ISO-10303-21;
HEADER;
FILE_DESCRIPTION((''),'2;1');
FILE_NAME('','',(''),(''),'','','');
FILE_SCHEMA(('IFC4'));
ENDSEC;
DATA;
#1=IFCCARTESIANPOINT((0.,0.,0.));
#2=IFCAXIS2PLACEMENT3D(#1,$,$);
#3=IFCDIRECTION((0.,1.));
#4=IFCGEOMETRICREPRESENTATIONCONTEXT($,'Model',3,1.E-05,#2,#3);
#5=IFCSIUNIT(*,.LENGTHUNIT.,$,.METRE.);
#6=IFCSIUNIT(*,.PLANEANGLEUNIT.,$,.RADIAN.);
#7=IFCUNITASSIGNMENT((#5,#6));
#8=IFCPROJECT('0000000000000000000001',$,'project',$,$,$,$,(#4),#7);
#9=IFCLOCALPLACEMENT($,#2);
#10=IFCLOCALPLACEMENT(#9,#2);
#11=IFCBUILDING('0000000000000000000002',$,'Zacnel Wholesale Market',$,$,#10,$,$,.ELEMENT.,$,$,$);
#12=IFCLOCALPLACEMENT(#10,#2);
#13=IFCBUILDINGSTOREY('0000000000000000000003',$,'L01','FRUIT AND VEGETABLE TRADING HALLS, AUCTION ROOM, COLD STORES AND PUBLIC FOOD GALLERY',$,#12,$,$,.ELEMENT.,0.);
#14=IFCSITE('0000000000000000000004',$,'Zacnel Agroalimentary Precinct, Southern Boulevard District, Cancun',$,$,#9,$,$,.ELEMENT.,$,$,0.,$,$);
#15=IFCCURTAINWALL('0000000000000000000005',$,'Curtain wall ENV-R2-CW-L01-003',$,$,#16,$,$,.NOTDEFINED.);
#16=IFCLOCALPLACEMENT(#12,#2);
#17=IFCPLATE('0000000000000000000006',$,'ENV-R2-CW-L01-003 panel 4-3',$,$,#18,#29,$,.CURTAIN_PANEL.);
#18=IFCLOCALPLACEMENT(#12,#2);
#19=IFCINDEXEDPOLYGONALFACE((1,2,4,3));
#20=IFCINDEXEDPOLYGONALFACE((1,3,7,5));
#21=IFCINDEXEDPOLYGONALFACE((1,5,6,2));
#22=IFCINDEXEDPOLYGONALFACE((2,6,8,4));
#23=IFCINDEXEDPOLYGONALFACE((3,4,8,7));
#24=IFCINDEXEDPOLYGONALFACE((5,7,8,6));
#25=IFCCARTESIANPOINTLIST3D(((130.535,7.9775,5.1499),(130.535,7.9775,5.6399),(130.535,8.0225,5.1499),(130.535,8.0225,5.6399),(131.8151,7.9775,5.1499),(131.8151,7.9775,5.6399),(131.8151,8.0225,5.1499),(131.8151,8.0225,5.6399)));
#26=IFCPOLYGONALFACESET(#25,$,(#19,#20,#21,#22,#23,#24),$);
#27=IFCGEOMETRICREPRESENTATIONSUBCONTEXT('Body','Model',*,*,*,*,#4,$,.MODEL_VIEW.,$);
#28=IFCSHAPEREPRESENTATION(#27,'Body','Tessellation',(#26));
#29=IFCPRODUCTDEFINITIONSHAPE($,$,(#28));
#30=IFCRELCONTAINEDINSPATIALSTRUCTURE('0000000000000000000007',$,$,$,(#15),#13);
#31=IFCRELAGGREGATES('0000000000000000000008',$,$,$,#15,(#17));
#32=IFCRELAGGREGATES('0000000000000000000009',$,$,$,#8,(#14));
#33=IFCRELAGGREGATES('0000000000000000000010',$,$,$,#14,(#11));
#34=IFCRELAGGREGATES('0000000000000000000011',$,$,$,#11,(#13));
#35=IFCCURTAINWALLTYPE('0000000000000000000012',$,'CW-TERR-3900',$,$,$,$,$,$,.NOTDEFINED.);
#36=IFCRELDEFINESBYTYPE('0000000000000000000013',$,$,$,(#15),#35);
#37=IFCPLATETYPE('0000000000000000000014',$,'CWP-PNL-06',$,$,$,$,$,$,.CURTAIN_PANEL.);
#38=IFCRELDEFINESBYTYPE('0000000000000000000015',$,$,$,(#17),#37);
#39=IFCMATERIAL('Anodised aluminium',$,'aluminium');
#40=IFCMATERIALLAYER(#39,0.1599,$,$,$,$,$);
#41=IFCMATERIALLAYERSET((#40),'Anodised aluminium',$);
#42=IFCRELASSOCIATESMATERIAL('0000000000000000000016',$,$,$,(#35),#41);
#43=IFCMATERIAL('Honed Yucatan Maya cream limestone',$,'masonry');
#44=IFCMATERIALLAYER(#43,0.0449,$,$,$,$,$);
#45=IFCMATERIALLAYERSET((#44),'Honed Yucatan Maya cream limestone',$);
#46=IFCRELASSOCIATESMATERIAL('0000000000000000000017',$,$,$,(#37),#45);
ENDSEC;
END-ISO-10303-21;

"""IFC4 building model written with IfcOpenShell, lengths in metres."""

from ifc_helpers import new_model, si_unit, direction, frame, origin, origin_2d, place, context, subcontext, project, spatial, rectangle, extrude, material, layer, layer_set, type_object, element, aggregate, save


model = new_model("IFC4")

# Units and contexts
model_context = context("Model", 3, precision=1e-05, world=origin(), true_north=direction((0.0, 1.0)))
body_context = subcontext(model_context, "Body", "Model", "MODEL_VIEW")
ifc_project = project(units=[si_unit("LENGTHUNIT", "METRE"), si_unit("PLANEANGLEUNIT", "RADIAN")], contexts=[model_context])

# Site, building, storey
site_placement = place(None, origin())
site = spatial("IfcSite", under=ifc_project, at=site_placement, Name="Zacnel Agroalimentary Precinct, Southern Boulevard District, Cancun", CompositionType="ELEMENT", RefElevation=0.0)
building_placement = place(site_placement, origin())
building = spatial("IfcBuilding", under=site, at=building_placement, Name="Zacnel Wholesale Market", CompositionType="ELEMENT")
storey_placement = place(building_placement, origin())
storey = spatial("IfcBuildingStorey", under=building, at=storey_placement, Name="L01", Description="FRUIT AND VEGETABLE TRADING HALLS, AUCTION ROOM, COLD STORES AND PUBLIC FOOD GALLERY", CompositionType="ELEMENT", Elevation=0.0)

# Curtain wall, plate
ifc_material_1 = material(Name="Anodised aluminium", Category="aluminium")
ifc_layer_1 = layer(ifc_material_1, 0.1599)
ifc_layer_set_1 = layer_set([ifc_layer_1], Name="Anodised aluminium")
curtain_wall_type = type_object("IfcCurtainWallType", Name="CW-TERR-3900", PredefinedType="NOTDEFINED", material=ifc_layer_set_1)
curtain_wall_placement = place(storey_placement, origin())
curtain_wall = element("IfcCurtainWall", 1, at=curtain_wall_placement, inside=storey, type_object=curtain_wall_type, Name="Curtain wall ENV-R2-CW-L01-003", PredefinedType="NOTDEFINED")
ifc_material_2 = material(Name="Honed Yucatan Maya cream limestone", Category="masonry")
ifc_layer_2 = layer(ifc_material_2, 0.0449)
ifc_layer_set_2 = layer_set([ifc_layer_2], Name="Honed Yucatan Maya cream limestone")
plate_type_1 = type_object("IfcPlateType", Name="CWP-PNL-06", PredefinedType="CURTAIN_PANEL", material=ifc_layer_set_2)
plate_1_placement = place(storey_placement, frame((131.175, 8.0, 5.1499), z_axis=(0.0, 0.0, 1.0), x_axis=(1.0, 0.0, 0.0)))
plate_1 = element("IfcPlate", 2, at=plate_1_placement, type_object=plate_type_1, Name="ENV-R2-CW-L01-003 panel 4-3", PredefinedType="CURTAIN_PANEL", context=body_context, shape_type="SweptSolid", body=[
    extrude(rectangle(XDim=1.28, YDim=0.0449, at=origin_2d()), origin(), (0.0, 0.0, 1.0), 0.49),
])
aggregate(curtain_wall, [plate_1])

save(model, "model.ifc")
